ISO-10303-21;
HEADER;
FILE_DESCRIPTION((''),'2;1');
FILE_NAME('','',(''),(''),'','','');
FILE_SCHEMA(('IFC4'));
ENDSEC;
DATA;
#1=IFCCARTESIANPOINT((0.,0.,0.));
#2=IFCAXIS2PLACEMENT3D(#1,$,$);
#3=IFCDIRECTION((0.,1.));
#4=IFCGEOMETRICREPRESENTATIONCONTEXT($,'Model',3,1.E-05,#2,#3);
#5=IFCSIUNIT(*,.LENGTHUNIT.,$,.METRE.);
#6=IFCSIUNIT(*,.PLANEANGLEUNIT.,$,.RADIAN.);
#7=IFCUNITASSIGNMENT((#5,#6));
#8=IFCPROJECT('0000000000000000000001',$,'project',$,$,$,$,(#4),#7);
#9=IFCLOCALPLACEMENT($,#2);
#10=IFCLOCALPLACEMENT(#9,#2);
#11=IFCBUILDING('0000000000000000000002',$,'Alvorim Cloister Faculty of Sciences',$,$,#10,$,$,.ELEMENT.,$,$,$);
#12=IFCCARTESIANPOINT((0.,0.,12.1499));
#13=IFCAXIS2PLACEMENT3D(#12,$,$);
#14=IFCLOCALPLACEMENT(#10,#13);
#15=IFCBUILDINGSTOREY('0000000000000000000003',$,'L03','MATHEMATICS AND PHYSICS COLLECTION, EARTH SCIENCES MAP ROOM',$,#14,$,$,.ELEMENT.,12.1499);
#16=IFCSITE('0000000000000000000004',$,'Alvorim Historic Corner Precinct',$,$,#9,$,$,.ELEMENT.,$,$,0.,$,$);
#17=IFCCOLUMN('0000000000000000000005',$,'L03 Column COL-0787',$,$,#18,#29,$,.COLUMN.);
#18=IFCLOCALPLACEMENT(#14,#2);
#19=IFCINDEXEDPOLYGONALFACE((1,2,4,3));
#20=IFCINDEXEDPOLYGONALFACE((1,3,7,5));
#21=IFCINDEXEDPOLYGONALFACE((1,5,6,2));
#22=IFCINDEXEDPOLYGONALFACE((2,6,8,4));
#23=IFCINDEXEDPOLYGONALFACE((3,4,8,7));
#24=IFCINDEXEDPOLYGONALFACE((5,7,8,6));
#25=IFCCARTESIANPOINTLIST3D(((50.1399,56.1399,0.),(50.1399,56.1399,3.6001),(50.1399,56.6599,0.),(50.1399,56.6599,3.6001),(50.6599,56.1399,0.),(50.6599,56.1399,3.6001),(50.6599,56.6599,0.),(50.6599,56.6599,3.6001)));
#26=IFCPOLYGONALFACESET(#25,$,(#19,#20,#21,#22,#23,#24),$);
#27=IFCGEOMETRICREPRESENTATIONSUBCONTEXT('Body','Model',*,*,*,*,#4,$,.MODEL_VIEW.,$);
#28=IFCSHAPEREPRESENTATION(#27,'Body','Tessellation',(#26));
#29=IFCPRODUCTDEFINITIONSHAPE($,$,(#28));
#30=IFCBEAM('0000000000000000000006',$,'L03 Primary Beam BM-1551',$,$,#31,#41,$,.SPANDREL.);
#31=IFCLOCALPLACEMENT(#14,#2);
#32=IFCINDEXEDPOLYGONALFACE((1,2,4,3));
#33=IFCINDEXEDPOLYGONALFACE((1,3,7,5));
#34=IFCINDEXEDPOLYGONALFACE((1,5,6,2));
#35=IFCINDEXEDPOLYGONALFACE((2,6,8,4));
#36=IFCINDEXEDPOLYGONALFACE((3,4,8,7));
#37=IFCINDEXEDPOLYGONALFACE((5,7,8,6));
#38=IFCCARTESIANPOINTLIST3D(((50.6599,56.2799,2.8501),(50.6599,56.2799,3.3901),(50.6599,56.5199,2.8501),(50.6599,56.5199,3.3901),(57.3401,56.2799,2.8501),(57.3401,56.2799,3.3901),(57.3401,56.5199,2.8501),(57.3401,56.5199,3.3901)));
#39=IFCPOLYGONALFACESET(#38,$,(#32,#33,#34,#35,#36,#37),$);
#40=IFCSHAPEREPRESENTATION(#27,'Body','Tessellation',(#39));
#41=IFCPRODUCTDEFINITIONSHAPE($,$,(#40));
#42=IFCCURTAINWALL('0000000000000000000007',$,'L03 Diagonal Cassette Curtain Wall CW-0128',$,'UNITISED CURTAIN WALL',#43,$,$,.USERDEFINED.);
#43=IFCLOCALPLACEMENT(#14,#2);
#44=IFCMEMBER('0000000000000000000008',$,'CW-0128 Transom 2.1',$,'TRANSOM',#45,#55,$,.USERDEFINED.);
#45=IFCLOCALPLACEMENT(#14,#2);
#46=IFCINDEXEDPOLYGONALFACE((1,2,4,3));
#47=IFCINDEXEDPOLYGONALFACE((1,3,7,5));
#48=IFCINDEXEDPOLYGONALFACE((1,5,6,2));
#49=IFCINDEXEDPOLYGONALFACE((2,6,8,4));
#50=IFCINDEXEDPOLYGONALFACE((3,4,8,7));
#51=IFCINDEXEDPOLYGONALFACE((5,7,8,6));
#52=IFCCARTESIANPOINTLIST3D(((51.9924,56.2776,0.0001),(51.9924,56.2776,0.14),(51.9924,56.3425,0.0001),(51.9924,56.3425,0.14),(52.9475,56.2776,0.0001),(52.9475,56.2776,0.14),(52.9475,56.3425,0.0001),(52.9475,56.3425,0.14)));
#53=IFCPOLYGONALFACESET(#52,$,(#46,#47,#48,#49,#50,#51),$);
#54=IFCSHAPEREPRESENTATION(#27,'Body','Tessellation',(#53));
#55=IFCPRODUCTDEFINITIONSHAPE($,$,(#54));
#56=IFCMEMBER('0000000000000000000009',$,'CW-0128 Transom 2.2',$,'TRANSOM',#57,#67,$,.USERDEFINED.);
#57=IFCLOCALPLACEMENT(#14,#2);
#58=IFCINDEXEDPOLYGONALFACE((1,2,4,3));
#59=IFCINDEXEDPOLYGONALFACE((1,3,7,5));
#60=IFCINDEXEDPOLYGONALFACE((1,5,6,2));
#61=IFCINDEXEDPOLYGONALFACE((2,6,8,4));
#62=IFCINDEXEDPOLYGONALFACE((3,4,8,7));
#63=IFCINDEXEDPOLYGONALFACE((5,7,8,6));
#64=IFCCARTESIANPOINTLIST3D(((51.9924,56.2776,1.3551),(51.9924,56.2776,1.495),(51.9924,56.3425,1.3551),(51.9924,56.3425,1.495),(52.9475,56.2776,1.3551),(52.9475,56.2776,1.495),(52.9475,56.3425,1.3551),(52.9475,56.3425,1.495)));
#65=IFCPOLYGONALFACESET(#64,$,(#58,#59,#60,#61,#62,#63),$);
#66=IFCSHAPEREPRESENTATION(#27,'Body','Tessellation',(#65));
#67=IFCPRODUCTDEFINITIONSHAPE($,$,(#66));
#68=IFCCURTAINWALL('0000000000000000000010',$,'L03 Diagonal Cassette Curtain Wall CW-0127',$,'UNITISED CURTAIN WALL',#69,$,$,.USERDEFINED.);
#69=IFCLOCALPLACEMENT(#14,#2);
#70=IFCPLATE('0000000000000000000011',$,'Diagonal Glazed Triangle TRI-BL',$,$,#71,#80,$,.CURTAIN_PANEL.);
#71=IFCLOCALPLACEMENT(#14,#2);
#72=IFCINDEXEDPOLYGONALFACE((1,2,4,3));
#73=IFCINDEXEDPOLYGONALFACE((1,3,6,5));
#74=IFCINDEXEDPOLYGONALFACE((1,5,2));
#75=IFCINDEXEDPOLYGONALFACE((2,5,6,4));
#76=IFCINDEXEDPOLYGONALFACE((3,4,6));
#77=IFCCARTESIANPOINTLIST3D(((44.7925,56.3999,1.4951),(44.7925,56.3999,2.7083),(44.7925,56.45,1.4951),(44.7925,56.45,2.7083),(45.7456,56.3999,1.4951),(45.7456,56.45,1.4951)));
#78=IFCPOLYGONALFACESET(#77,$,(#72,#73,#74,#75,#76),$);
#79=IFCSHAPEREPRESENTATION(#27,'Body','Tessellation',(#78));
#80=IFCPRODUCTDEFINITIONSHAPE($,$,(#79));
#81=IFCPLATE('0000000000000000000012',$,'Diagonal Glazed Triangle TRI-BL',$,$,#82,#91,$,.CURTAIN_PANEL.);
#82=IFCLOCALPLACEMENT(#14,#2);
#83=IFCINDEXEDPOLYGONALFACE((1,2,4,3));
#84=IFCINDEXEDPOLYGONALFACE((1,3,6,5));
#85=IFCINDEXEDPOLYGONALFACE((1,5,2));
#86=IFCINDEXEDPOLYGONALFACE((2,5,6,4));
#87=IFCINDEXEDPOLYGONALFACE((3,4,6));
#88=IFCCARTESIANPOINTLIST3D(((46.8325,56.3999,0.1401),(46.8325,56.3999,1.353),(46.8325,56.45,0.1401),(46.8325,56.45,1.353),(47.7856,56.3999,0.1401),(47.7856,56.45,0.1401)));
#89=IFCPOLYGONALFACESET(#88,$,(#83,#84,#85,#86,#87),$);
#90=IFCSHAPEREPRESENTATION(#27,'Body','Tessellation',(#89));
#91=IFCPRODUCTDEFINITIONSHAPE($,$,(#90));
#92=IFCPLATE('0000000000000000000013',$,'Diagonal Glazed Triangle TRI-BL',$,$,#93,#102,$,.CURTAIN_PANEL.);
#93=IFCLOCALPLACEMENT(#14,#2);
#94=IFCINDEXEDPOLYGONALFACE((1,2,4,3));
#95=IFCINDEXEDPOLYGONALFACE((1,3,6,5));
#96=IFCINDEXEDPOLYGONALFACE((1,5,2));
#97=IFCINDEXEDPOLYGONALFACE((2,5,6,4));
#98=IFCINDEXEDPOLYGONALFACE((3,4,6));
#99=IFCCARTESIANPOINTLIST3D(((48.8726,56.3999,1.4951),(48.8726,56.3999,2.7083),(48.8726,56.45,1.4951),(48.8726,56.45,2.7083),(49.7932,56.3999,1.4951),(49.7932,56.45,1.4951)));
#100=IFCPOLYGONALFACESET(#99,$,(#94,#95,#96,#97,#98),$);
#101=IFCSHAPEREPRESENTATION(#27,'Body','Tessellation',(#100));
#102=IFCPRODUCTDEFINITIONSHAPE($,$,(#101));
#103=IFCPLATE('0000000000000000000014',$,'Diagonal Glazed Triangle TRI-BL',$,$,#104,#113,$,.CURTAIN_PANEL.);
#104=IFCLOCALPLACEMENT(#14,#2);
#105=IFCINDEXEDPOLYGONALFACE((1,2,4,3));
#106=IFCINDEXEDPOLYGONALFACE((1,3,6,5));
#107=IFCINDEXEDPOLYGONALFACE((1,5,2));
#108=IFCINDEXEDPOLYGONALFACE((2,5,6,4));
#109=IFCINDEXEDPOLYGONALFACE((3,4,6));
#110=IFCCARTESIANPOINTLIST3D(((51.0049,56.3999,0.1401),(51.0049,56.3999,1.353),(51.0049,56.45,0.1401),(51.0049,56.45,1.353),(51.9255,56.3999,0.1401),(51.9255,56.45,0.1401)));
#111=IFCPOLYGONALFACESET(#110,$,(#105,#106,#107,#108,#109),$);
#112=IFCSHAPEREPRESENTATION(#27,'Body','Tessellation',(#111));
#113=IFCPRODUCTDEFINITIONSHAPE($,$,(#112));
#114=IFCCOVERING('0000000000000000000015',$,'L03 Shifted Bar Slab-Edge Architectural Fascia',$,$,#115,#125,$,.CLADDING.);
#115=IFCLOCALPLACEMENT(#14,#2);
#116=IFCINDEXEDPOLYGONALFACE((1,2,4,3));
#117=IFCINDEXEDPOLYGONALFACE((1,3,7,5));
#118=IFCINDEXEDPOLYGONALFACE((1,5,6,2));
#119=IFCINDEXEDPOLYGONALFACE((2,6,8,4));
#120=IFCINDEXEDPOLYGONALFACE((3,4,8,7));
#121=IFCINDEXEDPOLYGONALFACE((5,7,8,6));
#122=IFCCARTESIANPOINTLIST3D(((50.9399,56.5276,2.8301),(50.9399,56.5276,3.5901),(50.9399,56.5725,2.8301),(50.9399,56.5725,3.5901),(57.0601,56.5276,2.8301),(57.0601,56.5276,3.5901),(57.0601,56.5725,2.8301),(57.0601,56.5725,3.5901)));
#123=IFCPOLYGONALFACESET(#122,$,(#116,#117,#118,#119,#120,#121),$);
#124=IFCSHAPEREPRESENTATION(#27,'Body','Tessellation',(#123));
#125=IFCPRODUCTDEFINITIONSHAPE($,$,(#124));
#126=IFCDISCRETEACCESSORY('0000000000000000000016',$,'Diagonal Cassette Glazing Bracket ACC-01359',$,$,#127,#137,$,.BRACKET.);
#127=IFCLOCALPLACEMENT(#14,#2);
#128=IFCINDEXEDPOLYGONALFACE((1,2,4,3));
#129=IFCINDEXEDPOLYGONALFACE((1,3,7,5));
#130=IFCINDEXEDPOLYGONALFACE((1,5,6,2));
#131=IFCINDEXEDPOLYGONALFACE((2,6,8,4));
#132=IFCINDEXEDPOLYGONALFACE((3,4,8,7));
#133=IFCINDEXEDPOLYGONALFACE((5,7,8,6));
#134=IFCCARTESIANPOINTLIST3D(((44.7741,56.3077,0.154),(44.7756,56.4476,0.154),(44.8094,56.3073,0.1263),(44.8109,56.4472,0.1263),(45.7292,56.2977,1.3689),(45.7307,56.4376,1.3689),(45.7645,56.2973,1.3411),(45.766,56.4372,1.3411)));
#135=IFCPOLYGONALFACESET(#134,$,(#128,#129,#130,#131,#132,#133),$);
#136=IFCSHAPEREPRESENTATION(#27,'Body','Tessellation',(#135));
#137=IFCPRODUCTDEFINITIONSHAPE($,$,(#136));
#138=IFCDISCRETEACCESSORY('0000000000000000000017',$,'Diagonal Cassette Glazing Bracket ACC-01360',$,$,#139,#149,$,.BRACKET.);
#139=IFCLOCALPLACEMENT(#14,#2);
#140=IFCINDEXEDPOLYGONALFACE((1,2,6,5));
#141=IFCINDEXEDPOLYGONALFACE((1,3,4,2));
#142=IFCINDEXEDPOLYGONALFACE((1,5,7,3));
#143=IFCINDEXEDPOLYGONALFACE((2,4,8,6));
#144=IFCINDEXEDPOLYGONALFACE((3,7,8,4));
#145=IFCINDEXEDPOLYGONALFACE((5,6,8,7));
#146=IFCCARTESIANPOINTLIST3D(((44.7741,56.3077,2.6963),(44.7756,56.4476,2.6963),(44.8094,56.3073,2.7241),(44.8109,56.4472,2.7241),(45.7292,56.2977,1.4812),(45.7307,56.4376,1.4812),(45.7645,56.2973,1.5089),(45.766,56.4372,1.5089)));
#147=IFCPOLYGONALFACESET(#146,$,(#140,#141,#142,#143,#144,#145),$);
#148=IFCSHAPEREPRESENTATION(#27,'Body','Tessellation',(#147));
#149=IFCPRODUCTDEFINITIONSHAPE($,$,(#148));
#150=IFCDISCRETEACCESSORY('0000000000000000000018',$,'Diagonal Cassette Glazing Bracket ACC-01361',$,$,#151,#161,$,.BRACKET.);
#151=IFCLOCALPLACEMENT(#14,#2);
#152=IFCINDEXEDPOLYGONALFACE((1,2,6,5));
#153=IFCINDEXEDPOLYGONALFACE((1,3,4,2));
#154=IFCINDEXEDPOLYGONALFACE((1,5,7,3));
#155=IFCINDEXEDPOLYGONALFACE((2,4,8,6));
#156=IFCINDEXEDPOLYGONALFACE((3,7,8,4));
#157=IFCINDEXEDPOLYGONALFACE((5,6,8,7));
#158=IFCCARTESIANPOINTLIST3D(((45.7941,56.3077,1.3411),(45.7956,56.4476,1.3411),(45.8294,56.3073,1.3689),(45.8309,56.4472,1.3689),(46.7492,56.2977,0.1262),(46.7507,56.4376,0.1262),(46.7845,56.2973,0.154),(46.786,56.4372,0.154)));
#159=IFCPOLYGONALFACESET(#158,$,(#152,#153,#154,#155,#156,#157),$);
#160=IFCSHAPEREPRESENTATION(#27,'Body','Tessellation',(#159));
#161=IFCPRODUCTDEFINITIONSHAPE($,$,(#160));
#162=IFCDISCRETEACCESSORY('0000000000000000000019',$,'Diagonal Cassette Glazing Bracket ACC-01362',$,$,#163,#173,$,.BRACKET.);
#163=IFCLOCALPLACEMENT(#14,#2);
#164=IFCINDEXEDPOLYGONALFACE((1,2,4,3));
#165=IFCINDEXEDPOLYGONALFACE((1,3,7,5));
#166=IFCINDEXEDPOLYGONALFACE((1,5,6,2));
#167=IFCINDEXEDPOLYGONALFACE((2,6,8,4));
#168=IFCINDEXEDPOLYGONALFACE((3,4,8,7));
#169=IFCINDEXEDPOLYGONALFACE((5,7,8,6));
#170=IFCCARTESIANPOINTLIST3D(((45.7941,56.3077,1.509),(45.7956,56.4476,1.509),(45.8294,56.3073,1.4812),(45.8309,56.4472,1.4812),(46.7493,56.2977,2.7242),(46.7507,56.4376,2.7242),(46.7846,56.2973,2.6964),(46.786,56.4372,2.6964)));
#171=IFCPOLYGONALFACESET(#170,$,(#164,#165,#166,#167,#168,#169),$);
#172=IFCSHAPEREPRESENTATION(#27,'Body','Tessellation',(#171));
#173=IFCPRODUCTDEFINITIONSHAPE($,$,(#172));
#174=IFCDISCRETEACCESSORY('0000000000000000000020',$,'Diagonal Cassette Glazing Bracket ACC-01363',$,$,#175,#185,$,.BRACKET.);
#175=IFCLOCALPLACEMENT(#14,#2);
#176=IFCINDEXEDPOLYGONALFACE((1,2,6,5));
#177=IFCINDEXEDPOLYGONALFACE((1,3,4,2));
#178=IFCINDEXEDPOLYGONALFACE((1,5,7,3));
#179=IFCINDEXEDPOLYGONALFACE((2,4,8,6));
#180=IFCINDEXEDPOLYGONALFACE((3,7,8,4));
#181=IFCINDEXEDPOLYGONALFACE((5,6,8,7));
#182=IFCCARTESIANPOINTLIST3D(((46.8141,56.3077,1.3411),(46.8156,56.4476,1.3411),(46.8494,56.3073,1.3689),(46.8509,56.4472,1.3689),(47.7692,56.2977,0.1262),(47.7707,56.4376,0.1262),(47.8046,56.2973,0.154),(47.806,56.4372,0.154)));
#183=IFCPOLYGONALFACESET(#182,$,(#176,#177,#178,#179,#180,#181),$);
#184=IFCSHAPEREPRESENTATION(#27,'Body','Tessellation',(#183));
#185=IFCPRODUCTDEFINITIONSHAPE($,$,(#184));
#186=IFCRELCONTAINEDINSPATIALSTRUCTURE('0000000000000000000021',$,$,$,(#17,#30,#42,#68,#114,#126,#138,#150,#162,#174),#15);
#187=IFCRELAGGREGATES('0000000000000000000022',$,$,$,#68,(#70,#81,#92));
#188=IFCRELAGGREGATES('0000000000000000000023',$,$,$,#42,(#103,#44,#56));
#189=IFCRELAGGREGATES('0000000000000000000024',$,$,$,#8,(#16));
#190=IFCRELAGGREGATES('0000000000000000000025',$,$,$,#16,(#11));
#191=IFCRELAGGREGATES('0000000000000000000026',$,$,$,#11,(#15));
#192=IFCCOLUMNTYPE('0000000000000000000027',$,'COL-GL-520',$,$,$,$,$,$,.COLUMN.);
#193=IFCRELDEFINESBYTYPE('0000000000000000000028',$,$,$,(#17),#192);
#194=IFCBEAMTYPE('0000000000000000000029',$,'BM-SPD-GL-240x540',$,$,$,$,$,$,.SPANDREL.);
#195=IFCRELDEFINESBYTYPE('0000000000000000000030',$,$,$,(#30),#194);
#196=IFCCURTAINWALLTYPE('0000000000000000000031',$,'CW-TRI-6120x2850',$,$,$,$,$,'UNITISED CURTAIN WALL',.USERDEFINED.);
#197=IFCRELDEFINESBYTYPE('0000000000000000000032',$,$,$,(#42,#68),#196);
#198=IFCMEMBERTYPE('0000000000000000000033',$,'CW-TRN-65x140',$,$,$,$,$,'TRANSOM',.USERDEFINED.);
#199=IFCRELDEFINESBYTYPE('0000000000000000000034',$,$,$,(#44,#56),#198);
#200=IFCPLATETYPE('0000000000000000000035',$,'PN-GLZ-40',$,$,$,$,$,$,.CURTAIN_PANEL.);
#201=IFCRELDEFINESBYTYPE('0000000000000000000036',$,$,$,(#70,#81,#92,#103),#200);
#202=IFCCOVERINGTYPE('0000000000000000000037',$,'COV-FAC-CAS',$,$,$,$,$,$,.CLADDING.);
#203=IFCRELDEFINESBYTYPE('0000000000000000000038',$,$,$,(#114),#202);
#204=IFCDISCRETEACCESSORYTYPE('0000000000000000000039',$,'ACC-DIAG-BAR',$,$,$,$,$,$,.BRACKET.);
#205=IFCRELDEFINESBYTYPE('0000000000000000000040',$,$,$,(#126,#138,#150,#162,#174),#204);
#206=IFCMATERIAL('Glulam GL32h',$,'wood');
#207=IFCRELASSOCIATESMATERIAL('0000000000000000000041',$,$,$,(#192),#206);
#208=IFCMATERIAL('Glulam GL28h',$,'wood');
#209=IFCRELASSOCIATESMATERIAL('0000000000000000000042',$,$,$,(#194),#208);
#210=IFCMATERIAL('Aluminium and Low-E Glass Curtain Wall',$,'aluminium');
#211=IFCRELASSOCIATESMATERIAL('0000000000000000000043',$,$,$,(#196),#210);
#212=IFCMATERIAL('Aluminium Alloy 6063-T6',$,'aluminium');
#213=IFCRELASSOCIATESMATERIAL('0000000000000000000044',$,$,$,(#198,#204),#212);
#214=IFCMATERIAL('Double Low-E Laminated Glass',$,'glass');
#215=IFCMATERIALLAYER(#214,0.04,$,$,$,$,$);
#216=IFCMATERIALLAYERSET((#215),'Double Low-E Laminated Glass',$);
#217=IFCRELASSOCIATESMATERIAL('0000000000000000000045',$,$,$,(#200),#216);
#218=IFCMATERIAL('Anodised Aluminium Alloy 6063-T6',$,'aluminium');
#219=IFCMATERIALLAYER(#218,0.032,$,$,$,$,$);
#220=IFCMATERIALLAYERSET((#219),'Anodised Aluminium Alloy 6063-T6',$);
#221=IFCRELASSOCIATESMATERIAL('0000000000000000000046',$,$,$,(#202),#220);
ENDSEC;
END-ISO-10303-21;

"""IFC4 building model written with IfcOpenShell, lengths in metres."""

from ifc_helpers import new_model, si_unit, direction, frame, origin, origin_2d, place, context, subcontext, project, spatial, polyline, rectangle, outline, extrude, material, layer, layer_set, material_profile, profile_set, type_object, element, aggregate, save


model = new_model("IFC4")

# Units and contexts
model_context = context("Model", 3, precision=1e-05, world=origin(), true_north=direction((0.0, 1.0)))
body_context = subcontext(model_context, "Body", "Model", "MODEL_VIEW")
ifc_project = project(units=[si_unit("LENGTHUNIT", "METRE"), si_unit("PLANEANGLEUNIT", "RADIAN")], contexts=[model_context])

# Site, building, storey
site_placement = place(None, origin())
site = spatial("IfcSite", under=ifc_project, at=site_placement, Name="Alvorim Historic Corner Precinct", CompositionType="ELEMENT", RefElevation=0.0)
building_placement = place(site_placement, origin())
building = spatial("IfcBuilding", under=site, at=building_placement, Name="Alvorim Cloister Faculty of Sciences", CompositionType="ELEMENT")
storey_placement = place(building_placement, frame((0.0, 0.0, 12.1499)))
storey = spatial("IfcBuildingStorey", under=building, at=storey_placement, Name="L03", Description="MATHEMATICS AND PHYSICS COLLECTION, EARTH SCIENCES MAP ROOM", CompositionType="ELEMENT", Elevation=12.1499)

# Column
ifc_material_1 = material(Name="Glulam GL32h", Category="wood")
ifc_material_profile_1 = material_profile(ifc_material_1, rectangle(XDim=0.52, YDim=0.52, at=origin_2d()), Name="GL32-COL-520x520")
ifc_profile_set_1 = profile_set([ifc_material_profile_1], Name="Glulam GL32h")
column_type = type_object("IfcColumnType", Name="COL-GL-520", PredefinedType="COLUMN", material=ifc_profile_set_1)
column_placement = place(storey_placement, frame((50.3999, 56.3999, 0.0), z_axis=(0.0, 0.0, 1.0), x_axis=(1.0, 0.0, 0.0)))
element("IfcColumn", 1, at=column_placement, inside=storey, type_object=column_type, Name="L03 Column COL-0787", PredefinedType="COLUMN", context=body_context, shape_type="SweptSolid", body=[
    extrude(rectangle(XDim=0.52, YDim=0.52, at=origin_2d()), origin(), (0.0, 0.0, 1.0), 3.6001),
])

# Beam
ifc_material_2 = material(Name="Glulam GL28h", Category="wood")
ifc_material_profile_2 = material_profile(ifc_material_2, rectangle(XDim=0.24, YDim=0.54, at=origin_2d()), Name="GL28-SPD-240x540")
ifc_profile_set_2 = profile_set([ifc_material_profile_2], Name="Glulam GL28h")
beam_type = type_object("IfcBeamType", Name="BM-SPD-GL-240x540", PredefinedType="SPANDREL", material=ifc_profile_set_2)
beam_placement = place(storey_placement, frame((50.6599, 56.3999, 3.1201), z_axis=(1.0, 0.0, 0.0), x_axis=(0.0, 1.0, 0.0)))
element("IfcBeam", 2, at=beam_placement, inside=storey, type_object=beam_type, Name="L03 Primary Beam BM-1551", PredefinedType="SPANDREL", context=body_context, shape_type="SweptSolid", body=[
    extrude(rectangle(XDim=0.24, YDim=0.54, at=origin_2d()), origin(), (0.0, 0.0, 1.0), 6.6802),
])

# Curtain wall, members
ifc_material_3 = material(Name="Aluminium and Low-E Glass Curtain Wall", Category="aluminium")
curtain_wall_type = type_object("IfcCurtainWallType", Name="CW-TRI-6120x2850", ElementType="UNITISED CURTAIN WALL", PredefinedType="USERDEFINED", material=ifc_material_3)
curtain_wall_1_placement = place(storey_placement, origin())
curtain_wall_1 = element("IfcCurtainWall", 3, at=curtain_wall_1_placement, inside=storey, type_object=curtain_wall_type, Name="L03 Diagonal Cassette Curtain Wall CW-0128", ObjectType="UNITISED CURTAIN WALL", PredefinedType="USERDEFINED")
ifc_material_4 = material(Name="Aluminium Alloy 6063-T6", Category="aluminium")
ifc_material_profile_3 = material_profile(ifc_material_4, rectangle(XDim=0.0649, YDim=0.1399, at=origin_2d()), Name="ALU-TRN-65x140")
ifc_profile_set_3 = profile_set([ifc_material_profile_3], Name="Aluminium Alloy 6063-T6")
member_type = type_object("IfcMemberType", Name="CW-TRN-65x140", ElementType="TRANSOM", PredefinedType="USERDEFINED", material=ifc_profile_set_3)
member_1_placement = place(storey_placement, frame((51.9924, 56.3101, 0.0701), z_axis=(1.0, 0.0, 0.0), x_axis=(0.0, 1.0, 0.0)))
member_1 = element("IfcMember", 4, at=member_1_placement, type_object=member_type, Name="CW-0128 Transom 2.1", ObjectType="TRANSOM", PredefinedType="USERDEFINED", context=body_context, shape_type="SweptSolid", body=[
    extrude(rectangle(XDim=0.0649, YDim=0.1399, at=origin_2d()), origin(), (0.0, 0.0, 1.0), 0.9551),
])
member_2_placement = place(storey_placement, frame((51.9924, 56.3101, 1.425), z_axis=(1.0, 0.0, 0.0), x_axis=(0.0, 1.0, 0.0)))
member_2 = element("IfcMember", 5, at=member_2_placement, type_object=member_type, Name="CW-0128 Transom 2.2", ObjectType="TRANSOM", PredefinedType="USERDEFINED", context=body_context, shape_type="SweptSolid", body=[
    extrude(rectangle(XDim=0.0649, YDim=0.1399, at=origin_2d()), origin(), (0.0, 0.0, 1.0), 0.9551),
])

# Curtain wall, plates
curtain_wall_2_placement = place(storey_placement, origin())
curtain_wall_2 = element("IfcCurtainWall", 6, at=curtain_wall_2_placement, inside=storey, type_object=curtain_wall_type, Name="L03 Diagonal Cassette Curtain Wall CW-0127", ObjectType="UNITISED CURTAIN WALL", PredefinedType="USERDEFINED")
ifc_material_5 = material(Name="Double Low-E Laminated Glass", Category="glass")
ifc_layer_1 = layer(ifc_material_5, 0.04)
ifc_layer_set_1 = layer_set([ifc_layer_1], Name="Double Low-E Laminated Glass")
plate_type = type_object("IfcPlateType", Name="PN-GLZ-40", PredefinedType="CURTAIN_PANEL", material=ifc_layer_set_1)
plate_1_placement = place(storey_placement, frame((44.7925, 56.425, 1.4951), z_axis=(0.0, 0.0, 1.0), x_axis=(1.0, 0.0, 0.0)))
plate_1 = element("IfcPlate", 7, at=plate_1_placement, type_object=plate_type, Name="Diagonal Glazed Triangle TRI-BL", PredefinedType="CURTAIN_PANEL", context=body_context, shape_type="SweptSolid", body=[
    extrude(outline(polyline([(0.0, 0.0), (0.9531, 0.0), (0.0, 1.2131), (0.0, 0.0)])), frame((0.0, 0.0249, 0.0), z_axis=(0.0, -1.0, 0.0), x_axis=(1.0, 0.0, 0.0)), (0.0, 0.0, 1.0), 0.05),
])
plate_2_placement = place(storey_placement, frame((46.8325, 56.425, 0.1401), z_axis=(0.0, 0.0, 1.0), x_axis=(1.0, 0.0, 0.0)))
plate_2 = element("IfcPlate", 8, at=plate_2_placement, type_object=plate_type, Name="Diagonal Glazed Triangle TRI-BL", PredefinedType="CURTAIN_PANEL", context=body_context, shape_type="SweptSolid", body=[
    extrude(outline(polyline([(0.0, 0.0), (0.9531, 0.0), (0.0, 1.2129), (0.0, 0.0)])), frame((0.0, 0.0249, 0.0), z_axis=(0.0, -1.0, 0.0), x_axis=(1.0, 0.0, 0.0)), (0.0, 0.0, 1.0), 0.05),
])
plate_3_placement = place(storey_placement, frame((48.8726, 56.425, 1.4951), z_axis=(0.0, 0.0, 1.0), x_axis=(1.0, 0.0, 0.0)))
plate_3 = element("IfcPlate", 9, at=plate_3_placement, type_object=plate_type, Name="Diagonal Glazed Triangle TRI-BL", PredefinedType="CURTAIN_PANEL", context=body_context, shape_type="SweptSolid", body=[
    extrude(outline(polyline([(0.0, 0.0), (0.9207, 0.0), (0.0, 1.2131), (0.0, 0.0)])), frame((0.0, 0.0249, 0.0), z_axis=(0.0, -1.0, 0.0), x_axis=(1.0, 0.0, 0.0)), (0.0, 0.0, 1.0), 0.05),
])
aggregate(curtain_wall_2, [plate_1, plate_2, plate_3])

# Plate
plate_4_placement = place(storey_placement, frame((51.0049, 56.425, 0.1401), z_axis=(0.0, 0.0, 1.0), x_axis=(1.0, 0.0, 0.0)))
plate_4 = element("IfcPlate", 10, at=plate_4_placement, type_object=plate_type, Name="Diagonal Glazed Triangle TRI-BL", PredefinedType="CURTAIN_PANEL", context=body_context, shape_type="SweptSolid", body=[
    extrude(outline(polyline([(0.0, 0.0), (0.9207, 0.0), (0.0, 1.2129), (0.0, 0.0)])), frame((0.0, 0.0249, 0.0), z_axis=(0.0, -1.0, 0.0), x_axis=(1.0, 0.0, 0.0)), (0.0, 0.0, 1.0), 0.05),
])
aggregate(curtain_wall_1, [plate_4, member_1, member_2])

# Covering
ifc_material_6 = material(Name="Anodised Aluminium Alloy 6063-T6", Category="aluminium")
ifc_layer_2 = layer(ifc_material_6, 0.032)
ifc_layer_set_2 = layer_set([ifc_layer_2], Name="Anodised Aluminium Alloy 6063-T6")
covering_type = type_object("IfcCoveringType", Name="COV-FAC-CAS", PredefinedType="CLADDING", material=ifc_layer_set_2)
covering_placement = place(storey_placement, frame((50.9399, 56.55, 2.8301), z_axis=(0.0, 0.0, 1.0), x_axis=(1.0, 0.0, 0.0)))
element("IfcCovering", 11, at=covering_placement, inside=storey, type_object=covering_type, Name="L03 Shifted Bar Slab-Edge Architectural Fascia", PredefinedType="CLADDING", context=body_context, shape_type="SweptSolid", body=[
    extrude(outline(polyline([(0.0, 0.0), (6.1201, 0.0), (6.1201, 0.76), (0.0, 0.76), (0.0, 0.0)])), frame((0.0, 0.0225, 0.0), z_axis=(0.0, -1.0, 0.0), x_axis=(1.0, 0.0, 0.0)), (0.0, 0.0, 1.0), 0.0449),
])

# Discrete accessories
discrete_accessory_type = type_object("IfcDiscreteAccessoryType", Name="ACC-DIAG-BAR", PredefinedType="BRACKET", material=ifc_material_4)
discrete_accessory_1_placement = place(storey_placement, frame((44.7925, 56.3774, 0.1401), z_axis=(0.618032, -0.006477, 0.786126), x_axis=(0.01048, 0.999945, 0.0)))
element("IfcDiscreteAccessory", 12, at=discrete_accessory_1_placement, inside=storey, type_object=discrete_accessory_type, Name="Diagonal Cassette Glazing Bracket ACC-01359", PredefinedType="BRACKET", context=body_context, shape_type="SweptSolid", body=[
    extrude(rectangle(XDim=0.1399, YDim=0.0449, at=origin_2d()), origin(), (0.0, 0.0, 1.0), 1.5454),
])
discrete_accessory_2_placement = place(storey_placement, frame((44.7925, 56.3774, 2.7102), z_axis=(0.617955, -0.006477, -0.786187), x_axis=(0.01048, 0.999945, 0.0)))
element("IfcDiscreteAccessory", 13, at=discrete_accessory_2_placement, inside=storey, type_object=discrete_accessory_type, Name="Diagonal Cassette Glazing Bracket ACC-01360", PredefinedType="BRACKET", context=body_context, shape_type="SweptSolid", body=[
    extrude(rectangle(XDim=0.1399, YDim=0.0449, at=origin_2d()), origin(), (0.0, 0.0, 1.0), 1.5457),
])
discrete_accessory_3_placement = place(storey_placement, frame((45.8125, 56.3774, 1.355), z_axis=(0.618032, -0.006477, -0.786126), x_axis=(0.01048, 0.999945, 0.0)))
element("IfcDiscreteAccessory", 14, at=discrete_accessory_3_placement, inside=storey, type_object=discrete_accessory_type, Name="Diagonal Cassette Glazing Bracket ACC-01361", PredefinedType="BRACKET", context=body_context, shape_type="SweptSolid", body=[
    extrude(rectangle(XDim=0.1399, YDim=0.0449, at=origin_2d()), origin(), (0.0, 0.0, 1.0), 1.5454),
])
discrete_accessory_4_placement = place(storey_placement, frame((45.8125, 56.3774, 1.4951), z_axis=(0.617955, -0.006477, 0.786187), x_axis=(0.01048, 0.999945, 0.0)))
element("IfcDiscreteAccessory", 15, at=discrete_accessory_4_placement, inside=storey, type_object=discrete_accessory_type, Name="Diagonal Cassette Glazing Bracket ACC-01362", PredefinedType="BRACKET", context=body_context, shape_type="SweptSolid", body=[
    extrude(rectangle(XDim=0.1399, YDim=0.0449, at=origin_2d()), origin(), (0.0, 0.0, 1.0), 1.5457),
])
discrete_accessory_5_placement = place(storey_placement, frame((46.8325, 56.3774, 1.355), z_axis=(0.618032, -0.006477, -0.786126), x_axis=(0.01048, 0.999945, 0.0)))
element("IfcDiscreteAccessory", 16, at=discrete_accessory_5_placement, inside=storey, type_object=discrete_accessory_type, Name="Diagonal Cassette Glazing Bracket ACC-01363", PredefinedType="BRACKET", context=body_context, shape_type="SweptSolid", body=[
    extrude(rectangle(XDim=0.1399, YDim=0.0449, at=origin_2d()), origin(), (0.0, 0.0, 1.0), 1.5454),
])

save(model, "model.ifc")
